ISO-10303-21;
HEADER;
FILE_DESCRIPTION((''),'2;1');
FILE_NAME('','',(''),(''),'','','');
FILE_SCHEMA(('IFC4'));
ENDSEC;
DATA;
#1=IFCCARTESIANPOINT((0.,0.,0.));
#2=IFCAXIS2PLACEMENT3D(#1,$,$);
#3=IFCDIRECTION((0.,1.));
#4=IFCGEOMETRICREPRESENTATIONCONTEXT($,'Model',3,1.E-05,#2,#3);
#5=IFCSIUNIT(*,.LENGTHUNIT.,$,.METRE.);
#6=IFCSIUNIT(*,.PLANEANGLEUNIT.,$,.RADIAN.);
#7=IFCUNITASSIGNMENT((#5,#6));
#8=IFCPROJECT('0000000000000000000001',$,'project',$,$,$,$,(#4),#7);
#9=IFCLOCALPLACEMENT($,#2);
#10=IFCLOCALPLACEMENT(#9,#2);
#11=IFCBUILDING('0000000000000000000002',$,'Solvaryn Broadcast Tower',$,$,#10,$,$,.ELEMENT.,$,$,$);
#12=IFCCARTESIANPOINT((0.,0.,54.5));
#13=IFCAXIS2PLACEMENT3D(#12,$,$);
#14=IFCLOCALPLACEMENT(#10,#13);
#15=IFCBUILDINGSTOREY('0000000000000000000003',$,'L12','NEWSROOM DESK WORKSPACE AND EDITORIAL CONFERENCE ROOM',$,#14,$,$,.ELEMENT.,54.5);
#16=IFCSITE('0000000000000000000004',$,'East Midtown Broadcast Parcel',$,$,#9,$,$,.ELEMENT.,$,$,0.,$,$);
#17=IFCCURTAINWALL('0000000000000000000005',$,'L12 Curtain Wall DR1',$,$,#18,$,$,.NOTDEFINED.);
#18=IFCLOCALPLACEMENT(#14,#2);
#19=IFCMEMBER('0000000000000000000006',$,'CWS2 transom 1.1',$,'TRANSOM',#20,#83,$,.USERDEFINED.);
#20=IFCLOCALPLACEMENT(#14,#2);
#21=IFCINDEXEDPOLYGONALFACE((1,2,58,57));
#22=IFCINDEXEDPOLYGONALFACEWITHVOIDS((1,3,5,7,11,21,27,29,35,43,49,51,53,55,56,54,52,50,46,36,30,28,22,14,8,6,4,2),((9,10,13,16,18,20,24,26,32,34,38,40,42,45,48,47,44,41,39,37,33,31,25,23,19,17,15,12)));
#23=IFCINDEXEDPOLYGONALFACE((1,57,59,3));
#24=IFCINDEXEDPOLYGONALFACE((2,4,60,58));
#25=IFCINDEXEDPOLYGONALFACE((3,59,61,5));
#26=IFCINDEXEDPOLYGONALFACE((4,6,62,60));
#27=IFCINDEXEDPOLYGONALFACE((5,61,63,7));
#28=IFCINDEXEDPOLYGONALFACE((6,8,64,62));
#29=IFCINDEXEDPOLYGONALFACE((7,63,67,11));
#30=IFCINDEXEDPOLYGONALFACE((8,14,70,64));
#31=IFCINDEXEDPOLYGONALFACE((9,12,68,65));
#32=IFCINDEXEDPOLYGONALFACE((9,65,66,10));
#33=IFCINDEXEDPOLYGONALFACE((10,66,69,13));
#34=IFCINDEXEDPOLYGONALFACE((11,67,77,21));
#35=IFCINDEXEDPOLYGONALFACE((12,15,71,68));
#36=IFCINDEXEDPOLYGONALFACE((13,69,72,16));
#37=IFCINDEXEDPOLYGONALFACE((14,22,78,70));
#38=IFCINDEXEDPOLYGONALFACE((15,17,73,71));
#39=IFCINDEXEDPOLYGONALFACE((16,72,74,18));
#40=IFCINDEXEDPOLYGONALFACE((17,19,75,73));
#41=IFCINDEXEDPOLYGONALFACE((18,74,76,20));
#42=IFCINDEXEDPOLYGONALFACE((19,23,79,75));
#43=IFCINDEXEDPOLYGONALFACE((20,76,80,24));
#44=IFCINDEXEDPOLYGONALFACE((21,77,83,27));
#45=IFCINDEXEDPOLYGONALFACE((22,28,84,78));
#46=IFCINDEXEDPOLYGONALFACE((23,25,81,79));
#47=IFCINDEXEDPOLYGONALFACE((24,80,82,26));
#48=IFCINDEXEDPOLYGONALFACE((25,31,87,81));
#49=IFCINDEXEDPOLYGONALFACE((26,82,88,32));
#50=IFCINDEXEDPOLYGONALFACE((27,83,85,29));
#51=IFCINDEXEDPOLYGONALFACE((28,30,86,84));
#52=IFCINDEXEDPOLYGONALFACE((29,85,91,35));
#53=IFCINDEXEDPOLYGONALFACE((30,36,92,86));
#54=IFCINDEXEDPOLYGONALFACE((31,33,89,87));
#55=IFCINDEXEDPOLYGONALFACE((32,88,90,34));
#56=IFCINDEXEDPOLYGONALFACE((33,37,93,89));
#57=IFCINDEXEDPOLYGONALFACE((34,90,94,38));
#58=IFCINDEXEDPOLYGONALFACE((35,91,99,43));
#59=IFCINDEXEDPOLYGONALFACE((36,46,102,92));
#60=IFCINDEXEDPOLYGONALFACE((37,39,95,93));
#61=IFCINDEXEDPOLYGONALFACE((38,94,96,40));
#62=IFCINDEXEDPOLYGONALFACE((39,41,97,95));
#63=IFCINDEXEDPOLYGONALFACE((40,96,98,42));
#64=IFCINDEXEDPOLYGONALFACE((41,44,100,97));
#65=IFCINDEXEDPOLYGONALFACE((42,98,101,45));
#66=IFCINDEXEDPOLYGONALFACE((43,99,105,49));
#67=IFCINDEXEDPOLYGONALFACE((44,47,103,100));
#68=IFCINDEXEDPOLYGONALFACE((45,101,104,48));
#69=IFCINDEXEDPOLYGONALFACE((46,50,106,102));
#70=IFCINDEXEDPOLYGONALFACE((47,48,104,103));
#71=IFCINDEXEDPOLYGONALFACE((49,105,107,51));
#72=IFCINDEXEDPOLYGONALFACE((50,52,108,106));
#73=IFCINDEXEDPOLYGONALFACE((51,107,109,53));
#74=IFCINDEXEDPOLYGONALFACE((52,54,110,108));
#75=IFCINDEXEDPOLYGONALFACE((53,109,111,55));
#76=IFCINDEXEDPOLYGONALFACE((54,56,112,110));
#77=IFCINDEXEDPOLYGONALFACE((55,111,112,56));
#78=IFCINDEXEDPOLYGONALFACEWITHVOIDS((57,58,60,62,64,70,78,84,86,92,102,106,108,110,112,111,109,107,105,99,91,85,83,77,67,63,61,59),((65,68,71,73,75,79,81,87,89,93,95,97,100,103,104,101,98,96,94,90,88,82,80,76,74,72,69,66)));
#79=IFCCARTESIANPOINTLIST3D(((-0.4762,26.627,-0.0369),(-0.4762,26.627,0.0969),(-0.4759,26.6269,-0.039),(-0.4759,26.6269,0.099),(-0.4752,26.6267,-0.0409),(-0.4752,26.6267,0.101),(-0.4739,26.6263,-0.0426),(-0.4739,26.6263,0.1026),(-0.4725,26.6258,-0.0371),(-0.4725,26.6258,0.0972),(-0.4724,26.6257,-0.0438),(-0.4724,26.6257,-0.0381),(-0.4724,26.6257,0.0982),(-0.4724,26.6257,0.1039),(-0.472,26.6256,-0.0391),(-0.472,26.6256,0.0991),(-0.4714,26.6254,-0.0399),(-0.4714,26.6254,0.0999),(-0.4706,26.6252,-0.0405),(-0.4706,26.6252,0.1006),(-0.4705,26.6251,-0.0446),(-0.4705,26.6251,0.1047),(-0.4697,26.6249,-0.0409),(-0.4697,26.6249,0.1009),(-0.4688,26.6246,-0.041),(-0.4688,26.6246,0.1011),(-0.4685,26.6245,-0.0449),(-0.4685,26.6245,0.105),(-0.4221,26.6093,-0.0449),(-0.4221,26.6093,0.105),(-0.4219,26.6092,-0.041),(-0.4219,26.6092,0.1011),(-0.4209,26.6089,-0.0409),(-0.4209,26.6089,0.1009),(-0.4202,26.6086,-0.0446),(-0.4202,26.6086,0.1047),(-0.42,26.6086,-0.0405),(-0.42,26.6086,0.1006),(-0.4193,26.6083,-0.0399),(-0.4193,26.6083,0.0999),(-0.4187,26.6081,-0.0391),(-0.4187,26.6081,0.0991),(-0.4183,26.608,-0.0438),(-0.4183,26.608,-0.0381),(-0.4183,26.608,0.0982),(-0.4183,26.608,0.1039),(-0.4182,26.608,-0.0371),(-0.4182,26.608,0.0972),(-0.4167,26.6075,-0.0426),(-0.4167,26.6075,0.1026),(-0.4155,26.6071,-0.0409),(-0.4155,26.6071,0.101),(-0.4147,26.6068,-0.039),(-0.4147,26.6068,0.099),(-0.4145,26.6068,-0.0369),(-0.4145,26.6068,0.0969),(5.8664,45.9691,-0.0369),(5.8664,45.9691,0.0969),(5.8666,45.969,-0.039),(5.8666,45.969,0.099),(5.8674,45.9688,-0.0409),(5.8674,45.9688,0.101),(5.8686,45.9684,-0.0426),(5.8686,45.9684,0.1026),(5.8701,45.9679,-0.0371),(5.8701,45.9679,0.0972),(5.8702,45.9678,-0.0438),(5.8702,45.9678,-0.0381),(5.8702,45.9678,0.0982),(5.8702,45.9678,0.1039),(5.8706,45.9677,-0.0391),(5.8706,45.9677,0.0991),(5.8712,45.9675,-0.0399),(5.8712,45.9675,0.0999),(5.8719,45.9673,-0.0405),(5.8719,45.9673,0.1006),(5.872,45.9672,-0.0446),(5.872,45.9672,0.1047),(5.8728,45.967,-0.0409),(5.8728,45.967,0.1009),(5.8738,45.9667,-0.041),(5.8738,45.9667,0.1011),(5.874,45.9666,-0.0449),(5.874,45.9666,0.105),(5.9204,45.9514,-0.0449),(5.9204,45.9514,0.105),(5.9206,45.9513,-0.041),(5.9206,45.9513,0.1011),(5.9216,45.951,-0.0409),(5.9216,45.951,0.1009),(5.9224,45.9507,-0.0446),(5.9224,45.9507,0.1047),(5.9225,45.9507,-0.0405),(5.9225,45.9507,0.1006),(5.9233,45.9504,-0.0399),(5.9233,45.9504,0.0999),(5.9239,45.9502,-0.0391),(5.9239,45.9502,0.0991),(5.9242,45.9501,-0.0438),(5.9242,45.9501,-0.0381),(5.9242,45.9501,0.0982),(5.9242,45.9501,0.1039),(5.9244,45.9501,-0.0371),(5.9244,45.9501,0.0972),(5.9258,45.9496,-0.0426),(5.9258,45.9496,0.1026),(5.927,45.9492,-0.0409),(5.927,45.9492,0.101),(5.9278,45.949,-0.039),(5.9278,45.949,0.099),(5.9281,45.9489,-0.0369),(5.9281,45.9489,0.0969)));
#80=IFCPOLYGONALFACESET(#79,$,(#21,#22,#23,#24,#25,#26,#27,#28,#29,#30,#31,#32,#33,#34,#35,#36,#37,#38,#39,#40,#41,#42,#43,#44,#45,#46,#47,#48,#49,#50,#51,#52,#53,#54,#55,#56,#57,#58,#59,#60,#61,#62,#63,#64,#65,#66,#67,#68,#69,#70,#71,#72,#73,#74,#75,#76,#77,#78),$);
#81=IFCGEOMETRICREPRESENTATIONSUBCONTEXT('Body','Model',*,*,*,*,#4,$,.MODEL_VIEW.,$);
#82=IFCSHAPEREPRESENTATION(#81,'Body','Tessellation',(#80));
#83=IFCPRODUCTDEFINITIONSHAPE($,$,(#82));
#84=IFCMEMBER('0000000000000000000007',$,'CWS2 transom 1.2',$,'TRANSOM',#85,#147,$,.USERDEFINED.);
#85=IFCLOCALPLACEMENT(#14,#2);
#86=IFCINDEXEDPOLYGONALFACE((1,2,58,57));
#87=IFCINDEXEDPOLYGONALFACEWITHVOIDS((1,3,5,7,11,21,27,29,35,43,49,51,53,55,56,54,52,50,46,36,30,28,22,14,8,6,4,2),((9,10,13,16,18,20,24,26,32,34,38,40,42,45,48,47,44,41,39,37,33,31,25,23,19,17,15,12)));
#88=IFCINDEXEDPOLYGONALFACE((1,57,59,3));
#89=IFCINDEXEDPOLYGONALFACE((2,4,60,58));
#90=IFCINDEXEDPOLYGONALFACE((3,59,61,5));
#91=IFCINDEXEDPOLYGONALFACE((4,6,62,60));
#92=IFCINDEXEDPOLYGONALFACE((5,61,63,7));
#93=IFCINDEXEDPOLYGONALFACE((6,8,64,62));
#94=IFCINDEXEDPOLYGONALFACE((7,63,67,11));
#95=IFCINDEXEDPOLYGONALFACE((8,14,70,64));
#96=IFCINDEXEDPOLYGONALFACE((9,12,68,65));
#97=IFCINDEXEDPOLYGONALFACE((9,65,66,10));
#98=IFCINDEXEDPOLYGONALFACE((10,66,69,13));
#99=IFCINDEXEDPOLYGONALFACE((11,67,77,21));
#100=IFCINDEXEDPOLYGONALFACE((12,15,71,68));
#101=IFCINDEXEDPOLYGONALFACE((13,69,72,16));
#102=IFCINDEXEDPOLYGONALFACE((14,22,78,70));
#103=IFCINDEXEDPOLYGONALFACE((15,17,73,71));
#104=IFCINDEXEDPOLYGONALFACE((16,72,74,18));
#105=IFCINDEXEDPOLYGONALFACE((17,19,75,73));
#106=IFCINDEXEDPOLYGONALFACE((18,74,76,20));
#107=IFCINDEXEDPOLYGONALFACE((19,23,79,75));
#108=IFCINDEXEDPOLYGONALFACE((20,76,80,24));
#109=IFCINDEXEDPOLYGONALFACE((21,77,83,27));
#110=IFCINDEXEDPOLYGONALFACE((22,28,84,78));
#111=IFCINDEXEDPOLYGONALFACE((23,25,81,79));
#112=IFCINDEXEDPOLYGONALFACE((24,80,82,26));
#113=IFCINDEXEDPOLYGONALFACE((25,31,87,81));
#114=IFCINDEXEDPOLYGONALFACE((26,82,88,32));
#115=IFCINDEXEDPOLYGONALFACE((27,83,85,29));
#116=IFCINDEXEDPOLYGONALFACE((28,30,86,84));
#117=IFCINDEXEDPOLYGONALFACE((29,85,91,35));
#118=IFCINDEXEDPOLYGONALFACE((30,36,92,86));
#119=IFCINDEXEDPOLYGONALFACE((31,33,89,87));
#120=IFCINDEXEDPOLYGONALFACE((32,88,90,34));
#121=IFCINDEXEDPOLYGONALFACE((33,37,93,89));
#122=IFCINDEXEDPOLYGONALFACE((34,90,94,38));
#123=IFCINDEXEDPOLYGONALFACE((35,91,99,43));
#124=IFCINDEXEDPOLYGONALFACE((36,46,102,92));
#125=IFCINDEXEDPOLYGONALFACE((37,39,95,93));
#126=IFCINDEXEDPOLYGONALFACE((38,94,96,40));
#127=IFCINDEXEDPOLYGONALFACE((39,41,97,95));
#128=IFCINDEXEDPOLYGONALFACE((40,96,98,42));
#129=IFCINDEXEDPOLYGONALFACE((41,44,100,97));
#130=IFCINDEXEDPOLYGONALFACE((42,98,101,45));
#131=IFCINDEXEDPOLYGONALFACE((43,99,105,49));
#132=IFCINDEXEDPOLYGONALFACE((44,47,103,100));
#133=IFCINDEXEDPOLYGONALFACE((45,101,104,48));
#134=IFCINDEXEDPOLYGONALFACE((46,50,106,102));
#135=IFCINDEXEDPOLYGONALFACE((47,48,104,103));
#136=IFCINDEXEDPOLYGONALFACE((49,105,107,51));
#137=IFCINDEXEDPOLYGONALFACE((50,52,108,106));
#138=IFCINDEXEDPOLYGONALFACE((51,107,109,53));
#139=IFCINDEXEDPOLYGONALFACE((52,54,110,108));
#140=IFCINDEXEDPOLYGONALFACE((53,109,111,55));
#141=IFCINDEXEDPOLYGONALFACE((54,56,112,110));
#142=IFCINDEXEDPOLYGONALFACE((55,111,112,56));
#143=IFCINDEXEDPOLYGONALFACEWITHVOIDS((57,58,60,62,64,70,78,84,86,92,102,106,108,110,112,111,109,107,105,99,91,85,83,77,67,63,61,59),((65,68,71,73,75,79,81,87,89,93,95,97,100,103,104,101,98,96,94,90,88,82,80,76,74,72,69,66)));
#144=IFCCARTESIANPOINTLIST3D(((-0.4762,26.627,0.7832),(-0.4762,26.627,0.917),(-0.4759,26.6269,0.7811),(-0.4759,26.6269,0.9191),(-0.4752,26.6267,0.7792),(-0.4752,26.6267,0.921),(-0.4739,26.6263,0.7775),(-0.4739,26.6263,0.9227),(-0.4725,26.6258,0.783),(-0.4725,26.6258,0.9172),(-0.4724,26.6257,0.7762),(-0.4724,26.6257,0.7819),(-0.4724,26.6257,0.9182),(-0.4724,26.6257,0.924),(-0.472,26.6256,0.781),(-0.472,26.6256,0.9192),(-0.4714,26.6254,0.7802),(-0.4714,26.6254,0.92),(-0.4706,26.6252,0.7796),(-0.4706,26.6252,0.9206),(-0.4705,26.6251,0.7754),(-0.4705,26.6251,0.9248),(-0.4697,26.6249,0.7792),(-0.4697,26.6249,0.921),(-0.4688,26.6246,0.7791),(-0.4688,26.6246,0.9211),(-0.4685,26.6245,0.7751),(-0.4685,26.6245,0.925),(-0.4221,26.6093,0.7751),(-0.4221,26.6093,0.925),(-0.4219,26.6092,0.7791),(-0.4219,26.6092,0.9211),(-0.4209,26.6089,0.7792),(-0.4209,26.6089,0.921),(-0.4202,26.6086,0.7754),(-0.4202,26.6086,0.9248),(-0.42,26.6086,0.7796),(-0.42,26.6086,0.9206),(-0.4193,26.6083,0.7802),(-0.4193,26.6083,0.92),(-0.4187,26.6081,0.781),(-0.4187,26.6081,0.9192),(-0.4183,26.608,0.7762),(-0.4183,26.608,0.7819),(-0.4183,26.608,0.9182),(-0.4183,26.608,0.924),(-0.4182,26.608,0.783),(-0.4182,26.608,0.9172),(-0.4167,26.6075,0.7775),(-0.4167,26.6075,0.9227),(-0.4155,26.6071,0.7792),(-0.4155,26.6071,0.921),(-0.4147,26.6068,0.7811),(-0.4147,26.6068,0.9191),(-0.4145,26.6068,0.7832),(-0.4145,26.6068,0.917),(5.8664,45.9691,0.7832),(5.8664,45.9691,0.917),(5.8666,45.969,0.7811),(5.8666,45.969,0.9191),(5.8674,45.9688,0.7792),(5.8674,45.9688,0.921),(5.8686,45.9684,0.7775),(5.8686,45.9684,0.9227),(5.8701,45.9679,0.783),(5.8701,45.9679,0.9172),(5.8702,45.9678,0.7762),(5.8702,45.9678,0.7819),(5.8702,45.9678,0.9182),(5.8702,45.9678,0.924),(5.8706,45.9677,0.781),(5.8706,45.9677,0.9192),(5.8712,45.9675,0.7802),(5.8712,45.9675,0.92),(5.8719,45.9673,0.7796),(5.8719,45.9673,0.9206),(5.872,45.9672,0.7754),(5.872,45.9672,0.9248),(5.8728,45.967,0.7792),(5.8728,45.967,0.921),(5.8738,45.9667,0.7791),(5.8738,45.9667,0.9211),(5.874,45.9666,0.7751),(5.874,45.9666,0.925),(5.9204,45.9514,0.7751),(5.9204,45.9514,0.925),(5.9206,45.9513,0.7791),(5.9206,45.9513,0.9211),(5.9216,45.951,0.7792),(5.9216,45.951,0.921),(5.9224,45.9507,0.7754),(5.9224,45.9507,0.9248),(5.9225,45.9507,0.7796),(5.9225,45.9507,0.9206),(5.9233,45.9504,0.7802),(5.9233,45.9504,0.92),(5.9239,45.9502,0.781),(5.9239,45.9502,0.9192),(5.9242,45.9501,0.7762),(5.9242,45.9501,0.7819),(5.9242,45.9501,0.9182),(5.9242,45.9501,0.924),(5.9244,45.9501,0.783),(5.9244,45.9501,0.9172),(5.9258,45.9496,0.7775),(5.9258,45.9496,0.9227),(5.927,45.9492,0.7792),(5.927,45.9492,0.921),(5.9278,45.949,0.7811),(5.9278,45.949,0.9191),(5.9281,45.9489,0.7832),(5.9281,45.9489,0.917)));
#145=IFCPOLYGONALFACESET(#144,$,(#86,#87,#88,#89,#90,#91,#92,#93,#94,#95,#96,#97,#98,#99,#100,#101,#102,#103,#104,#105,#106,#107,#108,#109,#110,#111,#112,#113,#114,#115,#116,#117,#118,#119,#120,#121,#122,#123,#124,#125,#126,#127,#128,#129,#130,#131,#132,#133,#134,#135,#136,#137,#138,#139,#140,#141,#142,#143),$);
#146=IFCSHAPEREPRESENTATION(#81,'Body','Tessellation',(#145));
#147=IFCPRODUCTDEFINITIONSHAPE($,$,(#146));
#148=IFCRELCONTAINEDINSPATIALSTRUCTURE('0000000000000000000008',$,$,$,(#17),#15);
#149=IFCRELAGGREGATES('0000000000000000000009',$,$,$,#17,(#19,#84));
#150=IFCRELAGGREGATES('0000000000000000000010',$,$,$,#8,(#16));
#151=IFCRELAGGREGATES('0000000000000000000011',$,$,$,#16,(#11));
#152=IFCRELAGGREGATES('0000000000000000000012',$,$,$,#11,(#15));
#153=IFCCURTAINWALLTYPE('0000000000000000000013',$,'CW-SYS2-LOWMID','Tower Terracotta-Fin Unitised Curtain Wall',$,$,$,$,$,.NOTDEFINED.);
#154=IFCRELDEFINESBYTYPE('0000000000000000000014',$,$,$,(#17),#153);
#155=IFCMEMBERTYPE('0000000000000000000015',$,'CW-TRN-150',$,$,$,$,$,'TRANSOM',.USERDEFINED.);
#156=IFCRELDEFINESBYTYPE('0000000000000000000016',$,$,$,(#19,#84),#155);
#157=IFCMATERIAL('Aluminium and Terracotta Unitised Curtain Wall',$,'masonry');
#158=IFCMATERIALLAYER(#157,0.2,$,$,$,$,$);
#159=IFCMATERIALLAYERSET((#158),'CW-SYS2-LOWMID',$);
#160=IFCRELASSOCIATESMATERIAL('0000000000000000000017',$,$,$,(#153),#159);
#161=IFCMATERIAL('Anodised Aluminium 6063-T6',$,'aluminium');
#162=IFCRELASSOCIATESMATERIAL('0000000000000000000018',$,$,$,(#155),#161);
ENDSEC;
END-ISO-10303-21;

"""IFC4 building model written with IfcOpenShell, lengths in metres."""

from ifc_helpers import new_model, si_unit, direction, frame, origin, origin_2d, place, context, subcontext, project, spatial, hollow_rectangle, extrude, material, layer, layer_set, material_profile, profile_set, type_object, element, aggregate, save


model = new_model("IFC4")

# Units and contexts
model_context = context("Model", 3, precision=1e-05, world=origin(), true_north=direction((0.0, 1.0)))
body_context = subcontext(model_context, "Body", "Model", "MODEL_VIEW")
ifc_project = project(units=[si_unit("LENGTHUNIT", "METRE"), si_unit("PLANEANGLEUNIT", "RADIAN")], contexts=[model_context])

# Site, building, storey
site_placement = place(None, origin())
site = spatial("IfcSite", under=ifc_project, at=site_placement, Name="East Midtown Broadcast Parcel", CompositionType="ELEMENT", RefElevation=0.0)
building_placement = place(site_placement, origin())
building = spatial("IfcBuilding", under=site, at=building_placement, Name="Solvaryn Broadcast Tower", CompositionType="ELEMENT")
storey_placement = place(building_placement, frame((0.0, 0.0, 54.5)))
storey = spatial("IfcBuildingStorey", under=building, at=storey_placement, Name="L12", Description="NEWSROOM DESK WORKSPACE AND EDITORIAL CONFERENCE ROOM", CompositionType="ELEMENT", Elevation=54.5)

# Curtain wall
ifc_material_1 = material(Name="Aluminium and Terracotta Unitised Curtain Wall", Category="masonry")
ifc_layer_1 = layer(ifc_material_1, 0.2)
ifc_layer_set_1 = layer_set([ifc_layer_1], Name="CW-SYS2-LOWMID")
curtain_wall_type = type_object("IfcCurtainWallType", Name="CW-SYS2-LOWMID", Description="Tower Terracotta-Fin Unitised Curtain Wall", PredefinedType="NOTDEFINED", material=ifc_layer_set_1)
curtain_wall_1_placement = place(storey_placement, origin())
curtain_wall_1 = element("IfcCurtainWall", 1, at=curtain_wall_1_placement, inside=storey, type_object=curtain_wall_type, Name="L12 Curtain Wall DR1", PredefinedType="NOTDEFINED")

# Members
ifc_material_2 = material(Name="Anodised Aluminium 6063-T6", Category="aluminium")
ifc_material_profile_1 = material_profile(ifc_material_2, hollow_rectangle(XDim=0.0649, YDim=0.1499, WallThickness=0.0039, InnerFilletRadius=0.0039, OuterFilletRadius=0.0081, at=origin_2d()))
ifc_profile_set_1 = profile_set([ifc_material_profile_1], Name="Anodised Aluminium 6063-T6")
member_type_1 = type_object("IfcMemberType", Name="CW-TRN-150", ElementType="TRANSOM", PredefinedType="USERDEFINED", material=ifc_profile_set_1)
member_1_placement = place(storey_placement, frame((5.8972, 45.959, 0.03), z_axis=(-0.31159, -0.950217, 0.0), x_axis=(0.950217, -0.31159, 0.0)))
member_1 = element("IfcMember", 2, at=member_1_placement, type_object=member_type_1, Name="CWS2 transom 1.1", ObjectType="TRANSOM", PredefinedType="USERDEFINED", context=body_context, shape_type="SweptSolid", body=[
    extrude(hollow_rectangle(XDim=0.0649, YDim=0.1499, WallThickness=0.0039, InnerFilletRadius=0.0039, OuterFilletRadius=0.0081, at=origin_2d()), origin(), (0.0, 0.0, 1.0), 20.3555),
])
member_2_placement = place(storey_placement, frame((5.8972, 45.959, 0.8501), z_axis=(-0.31159, -0.950217, 0.0), x_axis=(0.950217, -0.31159, 0.0)))
member_2 = element("IfcMember", 3, at=member_2_placement, type_object=member_type_1, Name="CWS2 transom 1.2", ObjectType="TRANSOM", PredefinedType="USERDEFINED", context=body_context, shape_type="SweptSolid", body=[
    extrude(hollow_rectangle(XDim=0.0649, YDim=0.1499, WallThickness=0.0039, InnerFilletRadius=0.0039, OuterFilletRadius=0.0081, at=origin_2d()), origin(), (0.0, 0.0, 1.0), 20.3555),
])
aggregate(curtain_wall_1, [member_1, member_2])

save(model, "model.ifc")
